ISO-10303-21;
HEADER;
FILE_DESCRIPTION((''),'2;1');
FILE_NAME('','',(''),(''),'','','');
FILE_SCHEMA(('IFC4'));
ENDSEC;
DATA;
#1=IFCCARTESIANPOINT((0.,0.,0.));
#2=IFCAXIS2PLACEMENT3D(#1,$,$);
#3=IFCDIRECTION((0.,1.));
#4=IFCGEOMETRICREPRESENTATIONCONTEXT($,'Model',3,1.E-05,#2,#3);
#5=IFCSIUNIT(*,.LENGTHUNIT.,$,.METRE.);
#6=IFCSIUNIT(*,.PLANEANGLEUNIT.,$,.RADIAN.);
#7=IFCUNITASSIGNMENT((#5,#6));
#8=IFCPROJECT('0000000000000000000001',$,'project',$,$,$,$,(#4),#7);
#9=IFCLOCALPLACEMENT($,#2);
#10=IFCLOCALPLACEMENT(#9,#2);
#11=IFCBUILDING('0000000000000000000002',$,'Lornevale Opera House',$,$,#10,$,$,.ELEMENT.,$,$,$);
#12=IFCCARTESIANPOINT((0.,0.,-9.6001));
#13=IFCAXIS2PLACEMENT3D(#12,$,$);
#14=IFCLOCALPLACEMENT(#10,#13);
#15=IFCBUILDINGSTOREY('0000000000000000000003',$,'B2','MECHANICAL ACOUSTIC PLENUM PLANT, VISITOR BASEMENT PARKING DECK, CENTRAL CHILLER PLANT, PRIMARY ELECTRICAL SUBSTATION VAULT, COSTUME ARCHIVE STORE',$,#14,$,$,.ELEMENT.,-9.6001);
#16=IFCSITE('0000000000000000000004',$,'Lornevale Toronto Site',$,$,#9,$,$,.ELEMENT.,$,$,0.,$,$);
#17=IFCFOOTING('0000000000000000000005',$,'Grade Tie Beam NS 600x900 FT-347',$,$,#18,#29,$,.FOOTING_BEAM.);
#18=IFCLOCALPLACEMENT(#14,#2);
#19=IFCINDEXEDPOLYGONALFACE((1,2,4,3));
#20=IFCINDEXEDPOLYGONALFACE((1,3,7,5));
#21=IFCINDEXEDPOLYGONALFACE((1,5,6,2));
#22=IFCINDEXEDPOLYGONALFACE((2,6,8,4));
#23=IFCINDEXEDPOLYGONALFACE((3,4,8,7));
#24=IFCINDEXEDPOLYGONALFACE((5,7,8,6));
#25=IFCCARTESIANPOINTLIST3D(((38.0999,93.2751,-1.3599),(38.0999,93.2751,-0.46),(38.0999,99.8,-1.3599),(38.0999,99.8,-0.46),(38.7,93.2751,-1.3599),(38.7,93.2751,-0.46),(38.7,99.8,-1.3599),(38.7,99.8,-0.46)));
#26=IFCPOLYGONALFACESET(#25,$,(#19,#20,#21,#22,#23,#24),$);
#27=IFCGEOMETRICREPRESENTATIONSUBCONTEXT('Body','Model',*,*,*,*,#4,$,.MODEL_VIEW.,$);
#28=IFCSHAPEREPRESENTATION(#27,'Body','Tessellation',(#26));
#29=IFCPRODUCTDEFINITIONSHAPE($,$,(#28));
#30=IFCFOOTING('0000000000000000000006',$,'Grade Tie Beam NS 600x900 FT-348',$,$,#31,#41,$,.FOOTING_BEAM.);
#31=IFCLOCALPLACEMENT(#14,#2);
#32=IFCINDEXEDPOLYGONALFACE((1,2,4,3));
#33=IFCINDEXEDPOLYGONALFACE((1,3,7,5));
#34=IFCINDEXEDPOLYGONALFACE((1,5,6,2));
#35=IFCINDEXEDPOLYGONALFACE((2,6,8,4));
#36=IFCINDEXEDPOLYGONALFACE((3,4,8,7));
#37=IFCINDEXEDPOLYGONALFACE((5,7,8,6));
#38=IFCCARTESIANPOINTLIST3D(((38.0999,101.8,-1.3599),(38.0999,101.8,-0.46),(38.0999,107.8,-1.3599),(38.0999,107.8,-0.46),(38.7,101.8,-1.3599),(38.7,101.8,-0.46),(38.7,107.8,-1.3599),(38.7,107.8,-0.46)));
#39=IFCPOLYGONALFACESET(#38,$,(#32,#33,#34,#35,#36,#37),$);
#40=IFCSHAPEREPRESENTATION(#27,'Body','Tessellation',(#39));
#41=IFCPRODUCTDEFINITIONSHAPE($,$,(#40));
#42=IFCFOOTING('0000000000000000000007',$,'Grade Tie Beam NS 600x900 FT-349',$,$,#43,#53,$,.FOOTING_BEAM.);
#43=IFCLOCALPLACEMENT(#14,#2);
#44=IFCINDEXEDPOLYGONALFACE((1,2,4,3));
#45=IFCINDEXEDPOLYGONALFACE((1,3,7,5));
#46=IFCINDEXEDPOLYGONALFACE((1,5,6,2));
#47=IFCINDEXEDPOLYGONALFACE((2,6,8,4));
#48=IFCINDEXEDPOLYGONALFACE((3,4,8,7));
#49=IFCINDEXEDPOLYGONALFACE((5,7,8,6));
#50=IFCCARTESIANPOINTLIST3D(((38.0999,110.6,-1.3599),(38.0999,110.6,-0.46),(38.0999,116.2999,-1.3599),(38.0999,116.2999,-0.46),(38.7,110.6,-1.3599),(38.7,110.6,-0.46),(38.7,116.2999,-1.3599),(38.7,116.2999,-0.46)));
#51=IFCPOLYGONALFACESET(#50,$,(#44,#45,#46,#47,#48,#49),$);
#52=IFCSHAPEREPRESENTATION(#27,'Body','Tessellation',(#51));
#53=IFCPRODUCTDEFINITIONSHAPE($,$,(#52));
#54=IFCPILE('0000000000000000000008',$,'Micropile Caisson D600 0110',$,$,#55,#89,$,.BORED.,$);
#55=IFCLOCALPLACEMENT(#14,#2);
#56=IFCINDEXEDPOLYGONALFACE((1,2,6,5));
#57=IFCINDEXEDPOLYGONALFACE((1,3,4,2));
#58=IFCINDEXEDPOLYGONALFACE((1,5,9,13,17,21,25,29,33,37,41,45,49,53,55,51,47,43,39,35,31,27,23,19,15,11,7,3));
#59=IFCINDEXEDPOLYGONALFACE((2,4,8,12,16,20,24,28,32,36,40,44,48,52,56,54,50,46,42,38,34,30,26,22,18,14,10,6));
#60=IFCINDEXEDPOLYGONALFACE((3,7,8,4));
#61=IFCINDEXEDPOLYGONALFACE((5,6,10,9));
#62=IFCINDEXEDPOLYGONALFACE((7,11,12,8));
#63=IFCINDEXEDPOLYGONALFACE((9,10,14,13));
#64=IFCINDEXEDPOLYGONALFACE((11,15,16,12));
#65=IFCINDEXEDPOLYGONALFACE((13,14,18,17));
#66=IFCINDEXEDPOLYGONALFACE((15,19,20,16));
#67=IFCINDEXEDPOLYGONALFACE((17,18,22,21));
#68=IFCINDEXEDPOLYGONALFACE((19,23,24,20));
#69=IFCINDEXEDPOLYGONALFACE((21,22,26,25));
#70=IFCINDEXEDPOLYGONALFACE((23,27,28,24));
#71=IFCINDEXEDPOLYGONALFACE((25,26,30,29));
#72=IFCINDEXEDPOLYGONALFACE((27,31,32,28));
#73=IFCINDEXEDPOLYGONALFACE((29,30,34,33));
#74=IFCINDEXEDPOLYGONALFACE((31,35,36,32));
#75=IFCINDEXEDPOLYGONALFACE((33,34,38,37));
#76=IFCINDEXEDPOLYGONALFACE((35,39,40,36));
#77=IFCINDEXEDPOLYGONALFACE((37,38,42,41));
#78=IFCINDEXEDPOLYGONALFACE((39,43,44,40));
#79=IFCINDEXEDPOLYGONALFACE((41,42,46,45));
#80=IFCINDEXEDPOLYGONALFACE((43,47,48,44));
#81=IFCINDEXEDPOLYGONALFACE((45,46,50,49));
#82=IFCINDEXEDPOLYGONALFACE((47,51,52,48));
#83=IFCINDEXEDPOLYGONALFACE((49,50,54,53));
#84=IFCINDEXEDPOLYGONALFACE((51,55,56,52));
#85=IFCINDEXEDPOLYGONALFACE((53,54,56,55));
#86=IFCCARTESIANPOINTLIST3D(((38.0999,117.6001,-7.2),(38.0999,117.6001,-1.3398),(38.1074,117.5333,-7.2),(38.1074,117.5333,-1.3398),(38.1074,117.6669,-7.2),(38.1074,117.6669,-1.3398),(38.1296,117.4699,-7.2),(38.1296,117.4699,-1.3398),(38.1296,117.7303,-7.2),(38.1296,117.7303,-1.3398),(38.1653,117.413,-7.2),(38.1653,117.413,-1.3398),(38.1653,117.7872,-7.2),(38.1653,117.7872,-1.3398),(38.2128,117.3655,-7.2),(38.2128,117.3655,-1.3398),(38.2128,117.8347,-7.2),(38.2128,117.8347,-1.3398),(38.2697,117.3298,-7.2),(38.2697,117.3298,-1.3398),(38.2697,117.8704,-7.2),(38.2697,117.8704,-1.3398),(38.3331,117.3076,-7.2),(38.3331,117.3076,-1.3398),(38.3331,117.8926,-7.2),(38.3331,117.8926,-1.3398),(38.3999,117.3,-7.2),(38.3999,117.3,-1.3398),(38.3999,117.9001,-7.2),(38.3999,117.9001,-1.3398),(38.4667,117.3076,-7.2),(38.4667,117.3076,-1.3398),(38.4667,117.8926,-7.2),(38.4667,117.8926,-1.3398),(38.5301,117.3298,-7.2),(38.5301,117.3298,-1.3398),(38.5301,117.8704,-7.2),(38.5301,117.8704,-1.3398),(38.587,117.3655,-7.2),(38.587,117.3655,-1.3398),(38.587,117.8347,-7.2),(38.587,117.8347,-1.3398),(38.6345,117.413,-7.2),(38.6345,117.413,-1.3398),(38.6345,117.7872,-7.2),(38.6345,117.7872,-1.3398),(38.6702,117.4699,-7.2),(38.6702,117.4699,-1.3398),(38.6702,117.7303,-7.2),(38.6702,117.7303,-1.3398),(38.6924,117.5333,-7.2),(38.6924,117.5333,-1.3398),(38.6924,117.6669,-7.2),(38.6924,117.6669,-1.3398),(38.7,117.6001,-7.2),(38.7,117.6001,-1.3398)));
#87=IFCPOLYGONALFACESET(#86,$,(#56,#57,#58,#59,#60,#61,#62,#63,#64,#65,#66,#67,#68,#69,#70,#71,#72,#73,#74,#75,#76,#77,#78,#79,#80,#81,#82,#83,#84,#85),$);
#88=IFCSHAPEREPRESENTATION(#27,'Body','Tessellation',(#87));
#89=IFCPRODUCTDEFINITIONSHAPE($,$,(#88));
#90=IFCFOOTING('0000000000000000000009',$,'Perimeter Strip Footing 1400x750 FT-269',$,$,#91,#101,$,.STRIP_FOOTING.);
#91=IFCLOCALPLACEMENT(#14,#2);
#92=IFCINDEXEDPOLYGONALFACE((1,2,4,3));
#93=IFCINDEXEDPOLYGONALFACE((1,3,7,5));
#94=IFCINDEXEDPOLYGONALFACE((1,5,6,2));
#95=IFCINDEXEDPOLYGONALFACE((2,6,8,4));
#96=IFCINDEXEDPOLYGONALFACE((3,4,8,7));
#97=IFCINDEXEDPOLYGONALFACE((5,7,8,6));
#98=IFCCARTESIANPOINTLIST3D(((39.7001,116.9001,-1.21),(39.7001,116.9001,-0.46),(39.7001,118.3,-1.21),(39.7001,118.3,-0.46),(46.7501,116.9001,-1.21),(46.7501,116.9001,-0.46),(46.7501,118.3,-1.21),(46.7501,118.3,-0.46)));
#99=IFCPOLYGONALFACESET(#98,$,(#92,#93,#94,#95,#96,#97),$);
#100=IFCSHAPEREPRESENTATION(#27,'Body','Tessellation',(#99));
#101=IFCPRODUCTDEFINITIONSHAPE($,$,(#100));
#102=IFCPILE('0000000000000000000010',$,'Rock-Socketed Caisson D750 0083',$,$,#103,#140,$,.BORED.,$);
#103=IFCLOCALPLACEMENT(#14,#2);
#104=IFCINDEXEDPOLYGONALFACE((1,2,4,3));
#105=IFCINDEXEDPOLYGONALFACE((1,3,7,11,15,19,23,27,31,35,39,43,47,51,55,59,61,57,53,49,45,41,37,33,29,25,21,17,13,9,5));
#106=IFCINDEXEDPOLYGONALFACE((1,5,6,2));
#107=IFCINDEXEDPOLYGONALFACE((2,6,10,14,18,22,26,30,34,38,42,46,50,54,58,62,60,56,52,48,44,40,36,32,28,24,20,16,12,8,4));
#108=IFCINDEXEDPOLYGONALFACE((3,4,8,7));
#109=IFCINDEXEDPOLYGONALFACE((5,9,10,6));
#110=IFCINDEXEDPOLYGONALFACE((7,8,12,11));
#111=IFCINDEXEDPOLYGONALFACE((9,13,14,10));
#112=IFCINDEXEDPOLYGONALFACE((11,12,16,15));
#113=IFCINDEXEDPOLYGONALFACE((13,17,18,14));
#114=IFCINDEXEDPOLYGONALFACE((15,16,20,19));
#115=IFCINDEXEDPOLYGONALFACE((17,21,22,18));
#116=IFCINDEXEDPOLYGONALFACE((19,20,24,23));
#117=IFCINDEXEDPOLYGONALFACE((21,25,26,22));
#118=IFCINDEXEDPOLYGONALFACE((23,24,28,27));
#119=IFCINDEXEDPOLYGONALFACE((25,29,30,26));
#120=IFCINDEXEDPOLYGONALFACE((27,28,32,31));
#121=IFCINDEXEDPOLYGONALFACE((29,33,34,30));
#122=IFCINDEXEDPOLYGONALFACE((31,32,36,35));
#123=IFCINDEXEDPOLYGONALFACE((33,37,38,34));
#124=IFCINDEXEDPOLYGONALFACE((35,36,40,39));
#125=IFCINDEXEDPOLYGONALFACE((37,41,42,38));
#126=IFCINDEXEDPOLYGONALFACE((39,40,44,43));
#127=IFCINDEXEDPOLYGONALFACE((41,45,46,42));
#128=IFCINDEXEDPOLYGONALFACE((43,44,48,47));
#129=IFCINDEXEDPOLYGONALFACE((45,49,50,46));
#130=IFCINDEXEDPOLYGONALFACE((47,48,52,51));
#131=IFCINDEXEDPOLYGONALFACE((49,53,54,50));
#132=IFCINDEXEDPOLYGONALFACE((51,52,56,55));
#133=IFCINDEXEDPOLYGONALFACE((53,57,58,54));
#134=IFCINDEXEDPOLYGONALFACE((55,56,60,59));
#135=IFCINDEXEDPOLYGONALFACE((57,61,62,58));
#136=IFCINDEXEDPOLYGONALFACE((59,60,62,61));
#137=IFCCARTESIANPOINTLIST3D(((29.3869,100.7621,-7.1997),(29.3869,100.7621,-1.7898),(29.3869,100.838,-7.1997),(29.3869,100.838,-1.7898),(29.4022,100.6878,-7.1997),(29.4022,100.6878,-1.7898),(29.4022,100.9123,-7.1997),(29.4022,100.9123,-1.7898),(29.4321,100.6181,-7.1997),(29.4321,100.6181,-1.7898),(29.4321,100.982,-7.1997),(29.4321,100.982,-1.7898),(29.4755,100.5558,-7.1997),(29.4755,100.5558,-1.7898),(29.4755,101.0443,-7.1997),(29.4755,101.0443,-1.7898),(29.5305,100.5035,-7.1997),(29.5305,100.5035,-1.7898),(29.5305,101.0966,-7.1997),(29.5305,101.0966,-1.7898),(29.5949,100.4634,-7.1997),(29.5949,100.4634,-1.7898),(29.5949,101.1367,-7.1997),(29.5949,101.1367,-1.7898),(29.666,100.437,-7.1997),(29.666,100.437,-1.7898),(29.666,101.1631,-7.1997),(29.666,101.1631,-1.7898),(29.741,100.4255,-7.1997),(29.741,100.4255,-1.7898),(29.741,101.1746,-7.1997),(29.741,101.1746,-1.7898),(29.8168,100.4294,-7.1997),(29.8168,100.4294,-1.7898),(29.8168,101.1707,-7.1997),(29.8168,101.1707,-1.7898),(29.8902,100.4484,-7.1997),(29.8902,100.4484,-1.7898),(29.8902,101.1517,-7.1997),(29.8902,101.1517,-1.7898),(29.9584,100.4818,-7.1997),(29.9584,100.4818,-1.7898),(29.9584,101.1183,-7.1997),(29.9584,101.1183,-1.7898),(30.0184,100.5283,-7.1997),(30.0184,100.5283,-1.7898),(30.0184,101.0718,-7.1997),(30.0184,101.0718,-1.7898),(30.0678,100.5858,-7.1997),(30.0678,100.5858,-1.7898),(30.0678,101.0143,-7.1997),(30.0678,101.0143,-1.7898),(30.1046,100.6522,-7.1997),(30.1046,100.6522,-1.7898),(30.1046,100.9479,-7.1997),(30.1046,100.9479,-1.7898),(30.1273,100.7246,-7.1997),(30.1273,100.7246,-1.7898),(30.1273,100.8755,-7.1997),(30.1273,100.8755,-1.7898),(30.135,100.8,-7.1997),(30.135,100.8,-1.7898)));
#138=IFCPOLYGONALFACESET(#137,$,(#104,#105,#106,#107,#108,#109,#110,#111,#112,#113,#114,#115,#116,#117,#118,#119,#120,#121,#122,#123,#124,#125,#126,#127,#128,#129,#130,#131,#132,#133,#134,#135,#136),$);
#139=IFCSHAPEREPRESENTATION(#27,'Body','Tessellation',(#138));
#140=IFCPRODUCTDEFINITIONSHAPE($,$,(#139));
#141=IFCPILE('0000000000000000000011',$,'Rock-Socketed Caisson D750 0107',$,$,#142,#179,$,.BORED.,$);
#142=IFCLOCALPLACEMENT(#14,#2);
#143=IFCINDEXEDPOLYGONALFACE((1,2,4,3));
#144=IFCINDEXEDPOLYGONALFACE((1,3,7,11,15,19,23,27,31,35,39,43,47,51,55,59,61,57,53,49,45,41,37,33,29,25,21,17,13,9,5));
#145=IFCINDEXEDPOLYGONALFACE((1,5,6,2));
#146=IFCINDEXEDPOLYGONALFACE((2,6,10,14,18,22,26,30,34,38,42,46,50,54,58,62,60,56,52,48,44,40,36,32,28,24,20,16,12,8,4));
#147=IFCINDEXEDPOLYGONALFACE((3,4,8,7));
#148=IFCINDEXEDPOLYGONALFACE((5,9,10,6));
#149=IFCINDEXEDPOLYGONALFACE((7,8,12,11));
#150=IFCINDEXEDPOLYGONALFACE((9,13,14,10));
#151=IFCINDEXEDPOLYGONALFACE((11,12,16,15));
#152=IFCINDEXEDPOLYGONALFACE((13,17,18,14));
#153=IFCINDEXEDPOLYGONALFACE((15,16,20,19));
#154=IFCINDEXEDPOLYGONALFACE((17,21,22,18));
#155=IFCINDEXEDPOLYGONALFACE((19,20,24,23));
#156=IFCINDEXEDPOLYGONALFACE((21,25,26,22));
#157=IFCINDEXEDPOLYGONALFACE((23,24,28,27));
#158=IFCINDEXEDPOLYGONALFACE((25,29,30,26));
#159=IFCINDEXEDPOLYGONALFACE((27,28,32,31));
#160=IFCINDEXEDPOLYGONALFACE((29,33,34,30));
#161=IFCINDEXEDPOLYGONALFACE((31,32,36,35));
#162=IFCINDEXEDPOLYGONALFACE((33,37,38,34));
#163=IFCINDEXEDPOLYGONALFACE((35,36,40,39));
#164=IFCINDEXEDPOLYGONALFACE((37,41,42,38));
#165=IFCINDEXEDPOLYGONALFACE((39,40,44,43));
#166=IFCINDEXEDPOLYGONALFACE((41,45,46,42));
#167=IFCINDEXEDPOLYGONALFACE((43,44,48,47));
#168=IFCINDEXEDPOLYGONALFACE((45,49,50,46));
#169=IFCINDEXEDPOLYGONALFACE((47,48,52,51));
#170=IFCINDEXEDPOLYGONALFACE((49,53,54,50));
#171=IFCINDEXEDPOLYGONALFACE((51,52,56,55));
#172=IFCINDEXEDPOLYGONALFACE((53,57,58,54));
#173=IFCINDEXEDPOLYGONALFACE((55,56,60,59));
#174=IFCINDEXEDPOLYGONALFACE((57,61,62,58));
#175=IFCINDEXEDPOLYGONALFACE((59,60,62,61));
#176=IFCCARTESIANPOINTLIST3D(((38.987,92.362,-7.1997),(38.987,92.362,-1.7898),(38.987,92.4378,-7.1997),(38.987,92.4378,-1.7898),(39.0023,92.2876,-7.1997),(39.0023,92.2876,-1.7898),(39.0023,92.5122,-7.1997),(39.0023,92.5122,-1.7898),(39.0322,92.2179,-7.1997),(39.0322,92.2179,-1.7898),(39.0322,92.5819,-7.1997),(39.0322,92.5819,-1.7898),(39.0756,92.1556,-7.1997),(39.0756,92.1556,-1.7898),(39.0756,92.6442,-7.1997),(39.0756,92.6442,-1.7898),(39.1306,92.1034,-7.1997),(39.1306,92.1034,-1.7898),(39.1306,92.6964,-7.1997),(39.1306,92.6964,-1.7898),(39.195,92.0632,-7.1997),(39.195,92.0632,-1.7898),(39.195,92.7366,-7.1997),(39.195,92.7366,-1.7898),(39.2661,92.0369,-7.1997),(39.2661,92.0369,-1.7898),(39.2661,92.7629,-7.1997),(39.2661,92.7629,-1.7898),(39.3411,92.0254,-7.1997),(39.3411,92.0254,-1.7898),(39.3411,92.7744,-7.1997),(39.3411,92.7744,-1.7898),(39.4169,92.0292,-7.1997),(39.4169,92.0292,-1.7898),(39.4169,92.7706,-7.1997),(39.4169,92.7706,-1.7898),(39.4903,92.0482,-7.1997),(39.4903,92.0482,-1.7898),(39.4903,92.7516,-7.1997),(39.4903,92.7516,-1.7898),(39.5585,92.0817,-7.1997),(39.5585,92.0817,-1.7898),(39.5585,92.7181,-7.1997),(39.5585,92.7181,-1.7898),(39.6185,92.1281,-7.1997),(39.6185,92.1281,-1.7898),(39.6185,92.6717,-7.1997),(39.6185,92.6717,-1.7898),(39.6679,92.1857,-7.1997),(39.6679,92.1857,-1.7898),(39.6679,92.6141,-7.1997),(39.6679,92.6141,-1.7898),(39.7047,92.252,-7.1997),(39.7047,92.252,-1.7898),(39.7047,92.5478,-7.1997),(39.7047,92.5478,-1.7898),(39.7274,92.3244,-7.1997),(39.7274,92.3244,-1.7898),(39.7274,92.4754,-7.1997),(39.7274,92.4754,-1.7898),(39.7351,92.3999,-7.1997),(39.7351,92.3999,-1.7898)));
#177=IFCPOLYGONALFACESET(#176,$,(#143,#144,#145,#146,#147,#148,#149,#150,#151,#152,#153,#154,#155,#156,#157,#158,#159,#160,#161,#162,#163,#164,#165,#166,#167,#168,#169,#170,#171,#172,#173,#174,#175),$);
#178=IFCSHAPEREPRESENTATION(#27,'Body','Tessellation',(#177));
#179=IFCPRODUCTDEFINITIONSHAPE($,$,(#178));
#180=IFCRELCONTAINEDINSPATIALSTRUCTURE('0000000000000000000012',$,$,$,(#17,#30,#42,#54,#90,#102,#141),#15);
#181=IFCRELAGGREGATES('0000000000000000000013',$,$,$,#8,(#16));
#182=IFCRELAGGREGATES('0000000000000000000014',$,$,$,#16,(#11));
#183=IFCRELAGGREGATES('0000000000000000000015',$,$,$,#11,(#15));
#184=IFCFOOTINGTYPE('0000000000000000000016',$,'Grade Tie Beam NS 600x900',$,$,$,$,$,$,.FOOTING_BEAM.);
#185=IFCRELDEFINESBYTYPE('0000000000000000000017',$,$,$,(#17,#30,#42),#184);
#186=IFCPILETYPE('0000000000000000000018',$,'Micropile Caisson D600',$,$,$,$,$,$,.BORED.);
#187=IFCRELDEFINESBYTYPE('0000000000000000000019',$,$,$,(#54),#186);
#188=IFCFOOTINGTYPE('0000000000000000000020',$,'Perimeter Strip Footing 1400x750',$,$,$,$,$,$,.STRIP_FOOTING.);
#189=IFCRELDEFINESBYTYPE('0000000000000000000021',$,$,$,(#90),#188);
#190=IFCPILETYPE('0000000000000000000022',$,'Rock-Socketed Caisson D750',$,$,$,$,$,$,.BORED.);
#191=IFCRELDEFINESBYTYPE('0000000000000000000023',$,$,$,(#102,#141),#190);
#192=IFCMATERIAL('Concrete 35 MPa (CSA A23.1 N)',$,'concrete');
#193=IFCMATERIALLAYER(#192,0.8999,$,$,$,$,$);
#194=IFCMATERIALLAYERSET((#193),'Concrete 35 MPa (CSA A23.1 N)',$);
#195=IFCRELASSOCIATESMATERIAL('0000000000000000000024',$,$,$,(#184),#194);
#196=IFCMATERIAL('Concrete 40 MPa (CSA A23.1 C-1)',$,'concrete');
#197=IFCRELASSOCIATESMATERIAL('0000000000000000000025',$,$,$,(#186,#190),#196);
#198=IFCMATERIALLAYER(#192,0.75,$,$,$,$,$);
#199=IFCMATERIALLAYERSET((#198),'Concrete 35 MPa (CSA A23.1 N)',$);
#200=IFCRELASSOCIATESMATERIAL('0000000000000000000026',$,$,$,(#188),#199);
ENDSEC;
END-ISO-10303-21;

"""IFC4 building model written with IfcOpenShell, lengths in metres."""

from ifc_helpers import new_model, si_unit, direction, frame, origin, origin_2d, place, context, subcontext, project, spatial, rectangle, circle, extrude, material, layer, layer_set, material_profile, profile_set, type_object, element, save


model = new_model("IFC4")

# Units and contexts
model_context = context("Model", 3, precision=1e-05, world=origin(), true_north=direction((0.0, 1.0)))
body_context = subcontext(model_context, "Body", "Model", "MODEL_VIEW")
ifc_project = project(units=[si_unit("LENGTHUNIT", "METRE"), si_unit("PLANEANGLEUNIT", "RADIAN")], contexts=[model_context])

# Site, building, storey
site_placement = place(None, origin())
site = spatial("IfcSite", under=ifc_project, at=site_placement, Name="Lornevale Toronto Site", CompositionType="ELEMENT", RefElevation=0.0)
building_placement = place(site_placement, origin())
building = spatial("IfcBuilding", under=site, at=building_placement, Name="Lornevale Opera House", CompositionType="ELEMENT")
storey_placement = place(building_placement, frame((0.0, 0.0, -9.6001)))
storey = spatial("IfcBuildingStorey", under=building, at=storey_placement, Name="B2", Description="MECHANICAL ACOUSTIC PLENUM PLANT, VISITOR BASEMENT PARKING DECK, CENTRAL CHILLER PLANT, PRIMARY ELECTRICAL SUBSTATION VAULT, COSTUME ARCHIVE STORE", CompositionType="ELEMENT", Elevation=-9.6001)

# Footings
ifc_material_1 = material(Name="Concrete 35 MPa (CSA A23.1 N)", Category="concrete")
ifc_layer_1 = layer(ifc_material_1, 0.8999)
ifc_layer_set_1 = layer_set([ifc_layer_1], Name="Concrete 35 MPa (CSA A23.1 N)")
footing_type_1 = type_object("IfcFootingType", Name="Grade Tie Beam NS 600x900", PredefinedType="FOOTING_BEAM", material=ifc_layer_set_1)
footing_1_placement = place(storey_placement, frame((38.3999, 96.5376, -1.3599), z_axis=(0.0, 0.0, 1.0), x_axis=(1.0, 0.0, 0.0)))
element("IfcFooting", 1, at=footing_1_placement, inside=storey, type_object=footing_type_1, Name="Grade Tie Beam NS 600x900 FT-347", PredefinedType="FOOTING_BEAM", context=body_context, shape_type="SweptSolid", body=[
    extrude(rectangle(XDim=0.6001, YDim=6.5249, at=origin_2d()), origin(), (0.0, 0.0, 1.0), 0.8999),
])
footing_2_placement = place(storey_placement, frame((38.3999, 104.8, -1.3599), z_axis=(0.0, 0.0, 1.0), x_axis=(1.0, 0.0, 0.0)))
element("IfcFooting", 2, at=footing_2_placement, inside=storey, type_object=footing_type_1, Name="Grade Tie Beam NS 600x900 FT-348", PredefinedType="FOOTING_BEAM", context=body_context, shape_type="SweptSolid", body=[
    extrude(rectangle(XDim=0.6001, YDim=6.0, at=origin_2d()), origin(), (0.0, 0.0, 1.0), 0.8999),
])
footing_3_placement = place(storey_placement, frame((38.3999, 113.45, -1.3599), z_axis=(0.0, 0.0, 1.0), x_axis=(1.0, 0.0, 0.0)))
element("IfcFooting", 3, at=footing_3_placement, inside=storey, type_object=footing_type_1, Name="Grade Tie Beam NS 600x900 FT-349", PredefinedType="FOOTING_BEAM", context=body_context, shape_type="SweptSolid", body=[
    extrude(rectangle(XDim=0.6001, YDim=5.7, at=origin_2d()), origin(), (0.0, 0.0, 1.0), 0.8999),
])

# Pile
ifc_material_2 = material(Name="Concrete 40 MPa (CSA A23.1 C-1)", Category="concrete")
ifc_material_profile_1 = material_profile(ifc_material_2, circle(Radius=0.3, at=origin_2d()), Name="CAIS600")
ifc_profile_set_1 = profile_set([ifc_material_profile_1], Name="Concrete 40 MPa (CSA A23.1 C-1)")
pile_type_1 = type_object("IfcPileType", Name="Micropile Caisson D600", PredefinedType="BORED", material=ifc_profile_set_1)
pile_1_placement = place(storey_placement, frame((38.3999, 117.6001, -1.3398), z_axis=(0.0, 0.0, -1.0), x_axis=(1.0, 0.0, 0.0)))
element("IfcPile", 4, at=pile_1_placement, inside=storey, type_object=pile_type_1, Name="Micropile Caisson D600 0110", PredefinedType="BORED", context=body_context, shape_type="SweptSolid", body=[
    extrude(circle(Radius=0.3, at=origin_2d()), origin(), (0.0, 0.0, 1.0), 5.8601),
])

# Footing
ifc_layer_2 = layer(ifc_material_1, 0.75)
ifc_layer_set_2 = layer_set([ifc_layer_2], Name="Concrete 35 MPa (CSA A23.1 N)")
footing_type_2 = type_object("IfcFootingType", Name="Perimeter Strip Footing 1400x750", PredefinedType="STRIP_FOOTING", material=ifc_layer_set_2)
footing_4_placement = place(storey_placement, frame((43.2251, 117.6001, -1.21), z_axis=(0.0, 0.0, 1.0), x_axis=(1.0, 0.0, 0.0)))
element("IfcFooting", 5, at=footing_4_placement, inside=storey, type_object=footing_type_2, Name="Perimeter Strip Footing 1400x750 FT-269", PredefinedType="STRIP_FOOTING", context=body_context, shape_type="SweptSolid", body=[
    extrude(rectangle(XDim=7.05, YDim=1.3999, at=origin_2d()), origin(), (0.0, 0.0, 1.0), 0.75),
])

# Piles
ifc_material_profile_2 = material_profile(ifc_material_2, circle(Radius=0.375, at=origin_2d()), Name="CAIS750")
ifc_profile_set_2 = profile_set([ifc_material_profile_2], Name="Concrete 40 MPa (CSA A23.1 C-1)")
pile_type_2 = type_object("IfcPileType", Name="Rock-Socketed Caisson D750", PredefinedType="BORED", material=ifc_profile_set_2)
for number, where, z_axis, x_axis, name in (
    (6, (29.76, 100.8, -1.7898), (0.0, 0.0, -1.0), (1.0, 0.0, 0.0), "Rock-Socketed Caisson D750 0083"),
    (7, (39.3601, 92.3999, -1.7898), (0.0, 0.0, -1.0), (1.0, 0.0, 0.0), "Rock-Socketed Caisson D750 0107"),
):
    element("IfcPile", number, at=place(storey_placement, frame(where, z_axis=z_axis, x_axis=x_axis)), inside=storey, type_object=pile_type_2, Name=name, PredefinedType="BORED", context=body_context, shape_type="SweptSolid", body=[
        extrude(circle(Radius=0.375, at=origin_2d()), origin(), (0.0, 0.0, 1.0), 5.4099),
    ])

save(model, "model.ifc")
